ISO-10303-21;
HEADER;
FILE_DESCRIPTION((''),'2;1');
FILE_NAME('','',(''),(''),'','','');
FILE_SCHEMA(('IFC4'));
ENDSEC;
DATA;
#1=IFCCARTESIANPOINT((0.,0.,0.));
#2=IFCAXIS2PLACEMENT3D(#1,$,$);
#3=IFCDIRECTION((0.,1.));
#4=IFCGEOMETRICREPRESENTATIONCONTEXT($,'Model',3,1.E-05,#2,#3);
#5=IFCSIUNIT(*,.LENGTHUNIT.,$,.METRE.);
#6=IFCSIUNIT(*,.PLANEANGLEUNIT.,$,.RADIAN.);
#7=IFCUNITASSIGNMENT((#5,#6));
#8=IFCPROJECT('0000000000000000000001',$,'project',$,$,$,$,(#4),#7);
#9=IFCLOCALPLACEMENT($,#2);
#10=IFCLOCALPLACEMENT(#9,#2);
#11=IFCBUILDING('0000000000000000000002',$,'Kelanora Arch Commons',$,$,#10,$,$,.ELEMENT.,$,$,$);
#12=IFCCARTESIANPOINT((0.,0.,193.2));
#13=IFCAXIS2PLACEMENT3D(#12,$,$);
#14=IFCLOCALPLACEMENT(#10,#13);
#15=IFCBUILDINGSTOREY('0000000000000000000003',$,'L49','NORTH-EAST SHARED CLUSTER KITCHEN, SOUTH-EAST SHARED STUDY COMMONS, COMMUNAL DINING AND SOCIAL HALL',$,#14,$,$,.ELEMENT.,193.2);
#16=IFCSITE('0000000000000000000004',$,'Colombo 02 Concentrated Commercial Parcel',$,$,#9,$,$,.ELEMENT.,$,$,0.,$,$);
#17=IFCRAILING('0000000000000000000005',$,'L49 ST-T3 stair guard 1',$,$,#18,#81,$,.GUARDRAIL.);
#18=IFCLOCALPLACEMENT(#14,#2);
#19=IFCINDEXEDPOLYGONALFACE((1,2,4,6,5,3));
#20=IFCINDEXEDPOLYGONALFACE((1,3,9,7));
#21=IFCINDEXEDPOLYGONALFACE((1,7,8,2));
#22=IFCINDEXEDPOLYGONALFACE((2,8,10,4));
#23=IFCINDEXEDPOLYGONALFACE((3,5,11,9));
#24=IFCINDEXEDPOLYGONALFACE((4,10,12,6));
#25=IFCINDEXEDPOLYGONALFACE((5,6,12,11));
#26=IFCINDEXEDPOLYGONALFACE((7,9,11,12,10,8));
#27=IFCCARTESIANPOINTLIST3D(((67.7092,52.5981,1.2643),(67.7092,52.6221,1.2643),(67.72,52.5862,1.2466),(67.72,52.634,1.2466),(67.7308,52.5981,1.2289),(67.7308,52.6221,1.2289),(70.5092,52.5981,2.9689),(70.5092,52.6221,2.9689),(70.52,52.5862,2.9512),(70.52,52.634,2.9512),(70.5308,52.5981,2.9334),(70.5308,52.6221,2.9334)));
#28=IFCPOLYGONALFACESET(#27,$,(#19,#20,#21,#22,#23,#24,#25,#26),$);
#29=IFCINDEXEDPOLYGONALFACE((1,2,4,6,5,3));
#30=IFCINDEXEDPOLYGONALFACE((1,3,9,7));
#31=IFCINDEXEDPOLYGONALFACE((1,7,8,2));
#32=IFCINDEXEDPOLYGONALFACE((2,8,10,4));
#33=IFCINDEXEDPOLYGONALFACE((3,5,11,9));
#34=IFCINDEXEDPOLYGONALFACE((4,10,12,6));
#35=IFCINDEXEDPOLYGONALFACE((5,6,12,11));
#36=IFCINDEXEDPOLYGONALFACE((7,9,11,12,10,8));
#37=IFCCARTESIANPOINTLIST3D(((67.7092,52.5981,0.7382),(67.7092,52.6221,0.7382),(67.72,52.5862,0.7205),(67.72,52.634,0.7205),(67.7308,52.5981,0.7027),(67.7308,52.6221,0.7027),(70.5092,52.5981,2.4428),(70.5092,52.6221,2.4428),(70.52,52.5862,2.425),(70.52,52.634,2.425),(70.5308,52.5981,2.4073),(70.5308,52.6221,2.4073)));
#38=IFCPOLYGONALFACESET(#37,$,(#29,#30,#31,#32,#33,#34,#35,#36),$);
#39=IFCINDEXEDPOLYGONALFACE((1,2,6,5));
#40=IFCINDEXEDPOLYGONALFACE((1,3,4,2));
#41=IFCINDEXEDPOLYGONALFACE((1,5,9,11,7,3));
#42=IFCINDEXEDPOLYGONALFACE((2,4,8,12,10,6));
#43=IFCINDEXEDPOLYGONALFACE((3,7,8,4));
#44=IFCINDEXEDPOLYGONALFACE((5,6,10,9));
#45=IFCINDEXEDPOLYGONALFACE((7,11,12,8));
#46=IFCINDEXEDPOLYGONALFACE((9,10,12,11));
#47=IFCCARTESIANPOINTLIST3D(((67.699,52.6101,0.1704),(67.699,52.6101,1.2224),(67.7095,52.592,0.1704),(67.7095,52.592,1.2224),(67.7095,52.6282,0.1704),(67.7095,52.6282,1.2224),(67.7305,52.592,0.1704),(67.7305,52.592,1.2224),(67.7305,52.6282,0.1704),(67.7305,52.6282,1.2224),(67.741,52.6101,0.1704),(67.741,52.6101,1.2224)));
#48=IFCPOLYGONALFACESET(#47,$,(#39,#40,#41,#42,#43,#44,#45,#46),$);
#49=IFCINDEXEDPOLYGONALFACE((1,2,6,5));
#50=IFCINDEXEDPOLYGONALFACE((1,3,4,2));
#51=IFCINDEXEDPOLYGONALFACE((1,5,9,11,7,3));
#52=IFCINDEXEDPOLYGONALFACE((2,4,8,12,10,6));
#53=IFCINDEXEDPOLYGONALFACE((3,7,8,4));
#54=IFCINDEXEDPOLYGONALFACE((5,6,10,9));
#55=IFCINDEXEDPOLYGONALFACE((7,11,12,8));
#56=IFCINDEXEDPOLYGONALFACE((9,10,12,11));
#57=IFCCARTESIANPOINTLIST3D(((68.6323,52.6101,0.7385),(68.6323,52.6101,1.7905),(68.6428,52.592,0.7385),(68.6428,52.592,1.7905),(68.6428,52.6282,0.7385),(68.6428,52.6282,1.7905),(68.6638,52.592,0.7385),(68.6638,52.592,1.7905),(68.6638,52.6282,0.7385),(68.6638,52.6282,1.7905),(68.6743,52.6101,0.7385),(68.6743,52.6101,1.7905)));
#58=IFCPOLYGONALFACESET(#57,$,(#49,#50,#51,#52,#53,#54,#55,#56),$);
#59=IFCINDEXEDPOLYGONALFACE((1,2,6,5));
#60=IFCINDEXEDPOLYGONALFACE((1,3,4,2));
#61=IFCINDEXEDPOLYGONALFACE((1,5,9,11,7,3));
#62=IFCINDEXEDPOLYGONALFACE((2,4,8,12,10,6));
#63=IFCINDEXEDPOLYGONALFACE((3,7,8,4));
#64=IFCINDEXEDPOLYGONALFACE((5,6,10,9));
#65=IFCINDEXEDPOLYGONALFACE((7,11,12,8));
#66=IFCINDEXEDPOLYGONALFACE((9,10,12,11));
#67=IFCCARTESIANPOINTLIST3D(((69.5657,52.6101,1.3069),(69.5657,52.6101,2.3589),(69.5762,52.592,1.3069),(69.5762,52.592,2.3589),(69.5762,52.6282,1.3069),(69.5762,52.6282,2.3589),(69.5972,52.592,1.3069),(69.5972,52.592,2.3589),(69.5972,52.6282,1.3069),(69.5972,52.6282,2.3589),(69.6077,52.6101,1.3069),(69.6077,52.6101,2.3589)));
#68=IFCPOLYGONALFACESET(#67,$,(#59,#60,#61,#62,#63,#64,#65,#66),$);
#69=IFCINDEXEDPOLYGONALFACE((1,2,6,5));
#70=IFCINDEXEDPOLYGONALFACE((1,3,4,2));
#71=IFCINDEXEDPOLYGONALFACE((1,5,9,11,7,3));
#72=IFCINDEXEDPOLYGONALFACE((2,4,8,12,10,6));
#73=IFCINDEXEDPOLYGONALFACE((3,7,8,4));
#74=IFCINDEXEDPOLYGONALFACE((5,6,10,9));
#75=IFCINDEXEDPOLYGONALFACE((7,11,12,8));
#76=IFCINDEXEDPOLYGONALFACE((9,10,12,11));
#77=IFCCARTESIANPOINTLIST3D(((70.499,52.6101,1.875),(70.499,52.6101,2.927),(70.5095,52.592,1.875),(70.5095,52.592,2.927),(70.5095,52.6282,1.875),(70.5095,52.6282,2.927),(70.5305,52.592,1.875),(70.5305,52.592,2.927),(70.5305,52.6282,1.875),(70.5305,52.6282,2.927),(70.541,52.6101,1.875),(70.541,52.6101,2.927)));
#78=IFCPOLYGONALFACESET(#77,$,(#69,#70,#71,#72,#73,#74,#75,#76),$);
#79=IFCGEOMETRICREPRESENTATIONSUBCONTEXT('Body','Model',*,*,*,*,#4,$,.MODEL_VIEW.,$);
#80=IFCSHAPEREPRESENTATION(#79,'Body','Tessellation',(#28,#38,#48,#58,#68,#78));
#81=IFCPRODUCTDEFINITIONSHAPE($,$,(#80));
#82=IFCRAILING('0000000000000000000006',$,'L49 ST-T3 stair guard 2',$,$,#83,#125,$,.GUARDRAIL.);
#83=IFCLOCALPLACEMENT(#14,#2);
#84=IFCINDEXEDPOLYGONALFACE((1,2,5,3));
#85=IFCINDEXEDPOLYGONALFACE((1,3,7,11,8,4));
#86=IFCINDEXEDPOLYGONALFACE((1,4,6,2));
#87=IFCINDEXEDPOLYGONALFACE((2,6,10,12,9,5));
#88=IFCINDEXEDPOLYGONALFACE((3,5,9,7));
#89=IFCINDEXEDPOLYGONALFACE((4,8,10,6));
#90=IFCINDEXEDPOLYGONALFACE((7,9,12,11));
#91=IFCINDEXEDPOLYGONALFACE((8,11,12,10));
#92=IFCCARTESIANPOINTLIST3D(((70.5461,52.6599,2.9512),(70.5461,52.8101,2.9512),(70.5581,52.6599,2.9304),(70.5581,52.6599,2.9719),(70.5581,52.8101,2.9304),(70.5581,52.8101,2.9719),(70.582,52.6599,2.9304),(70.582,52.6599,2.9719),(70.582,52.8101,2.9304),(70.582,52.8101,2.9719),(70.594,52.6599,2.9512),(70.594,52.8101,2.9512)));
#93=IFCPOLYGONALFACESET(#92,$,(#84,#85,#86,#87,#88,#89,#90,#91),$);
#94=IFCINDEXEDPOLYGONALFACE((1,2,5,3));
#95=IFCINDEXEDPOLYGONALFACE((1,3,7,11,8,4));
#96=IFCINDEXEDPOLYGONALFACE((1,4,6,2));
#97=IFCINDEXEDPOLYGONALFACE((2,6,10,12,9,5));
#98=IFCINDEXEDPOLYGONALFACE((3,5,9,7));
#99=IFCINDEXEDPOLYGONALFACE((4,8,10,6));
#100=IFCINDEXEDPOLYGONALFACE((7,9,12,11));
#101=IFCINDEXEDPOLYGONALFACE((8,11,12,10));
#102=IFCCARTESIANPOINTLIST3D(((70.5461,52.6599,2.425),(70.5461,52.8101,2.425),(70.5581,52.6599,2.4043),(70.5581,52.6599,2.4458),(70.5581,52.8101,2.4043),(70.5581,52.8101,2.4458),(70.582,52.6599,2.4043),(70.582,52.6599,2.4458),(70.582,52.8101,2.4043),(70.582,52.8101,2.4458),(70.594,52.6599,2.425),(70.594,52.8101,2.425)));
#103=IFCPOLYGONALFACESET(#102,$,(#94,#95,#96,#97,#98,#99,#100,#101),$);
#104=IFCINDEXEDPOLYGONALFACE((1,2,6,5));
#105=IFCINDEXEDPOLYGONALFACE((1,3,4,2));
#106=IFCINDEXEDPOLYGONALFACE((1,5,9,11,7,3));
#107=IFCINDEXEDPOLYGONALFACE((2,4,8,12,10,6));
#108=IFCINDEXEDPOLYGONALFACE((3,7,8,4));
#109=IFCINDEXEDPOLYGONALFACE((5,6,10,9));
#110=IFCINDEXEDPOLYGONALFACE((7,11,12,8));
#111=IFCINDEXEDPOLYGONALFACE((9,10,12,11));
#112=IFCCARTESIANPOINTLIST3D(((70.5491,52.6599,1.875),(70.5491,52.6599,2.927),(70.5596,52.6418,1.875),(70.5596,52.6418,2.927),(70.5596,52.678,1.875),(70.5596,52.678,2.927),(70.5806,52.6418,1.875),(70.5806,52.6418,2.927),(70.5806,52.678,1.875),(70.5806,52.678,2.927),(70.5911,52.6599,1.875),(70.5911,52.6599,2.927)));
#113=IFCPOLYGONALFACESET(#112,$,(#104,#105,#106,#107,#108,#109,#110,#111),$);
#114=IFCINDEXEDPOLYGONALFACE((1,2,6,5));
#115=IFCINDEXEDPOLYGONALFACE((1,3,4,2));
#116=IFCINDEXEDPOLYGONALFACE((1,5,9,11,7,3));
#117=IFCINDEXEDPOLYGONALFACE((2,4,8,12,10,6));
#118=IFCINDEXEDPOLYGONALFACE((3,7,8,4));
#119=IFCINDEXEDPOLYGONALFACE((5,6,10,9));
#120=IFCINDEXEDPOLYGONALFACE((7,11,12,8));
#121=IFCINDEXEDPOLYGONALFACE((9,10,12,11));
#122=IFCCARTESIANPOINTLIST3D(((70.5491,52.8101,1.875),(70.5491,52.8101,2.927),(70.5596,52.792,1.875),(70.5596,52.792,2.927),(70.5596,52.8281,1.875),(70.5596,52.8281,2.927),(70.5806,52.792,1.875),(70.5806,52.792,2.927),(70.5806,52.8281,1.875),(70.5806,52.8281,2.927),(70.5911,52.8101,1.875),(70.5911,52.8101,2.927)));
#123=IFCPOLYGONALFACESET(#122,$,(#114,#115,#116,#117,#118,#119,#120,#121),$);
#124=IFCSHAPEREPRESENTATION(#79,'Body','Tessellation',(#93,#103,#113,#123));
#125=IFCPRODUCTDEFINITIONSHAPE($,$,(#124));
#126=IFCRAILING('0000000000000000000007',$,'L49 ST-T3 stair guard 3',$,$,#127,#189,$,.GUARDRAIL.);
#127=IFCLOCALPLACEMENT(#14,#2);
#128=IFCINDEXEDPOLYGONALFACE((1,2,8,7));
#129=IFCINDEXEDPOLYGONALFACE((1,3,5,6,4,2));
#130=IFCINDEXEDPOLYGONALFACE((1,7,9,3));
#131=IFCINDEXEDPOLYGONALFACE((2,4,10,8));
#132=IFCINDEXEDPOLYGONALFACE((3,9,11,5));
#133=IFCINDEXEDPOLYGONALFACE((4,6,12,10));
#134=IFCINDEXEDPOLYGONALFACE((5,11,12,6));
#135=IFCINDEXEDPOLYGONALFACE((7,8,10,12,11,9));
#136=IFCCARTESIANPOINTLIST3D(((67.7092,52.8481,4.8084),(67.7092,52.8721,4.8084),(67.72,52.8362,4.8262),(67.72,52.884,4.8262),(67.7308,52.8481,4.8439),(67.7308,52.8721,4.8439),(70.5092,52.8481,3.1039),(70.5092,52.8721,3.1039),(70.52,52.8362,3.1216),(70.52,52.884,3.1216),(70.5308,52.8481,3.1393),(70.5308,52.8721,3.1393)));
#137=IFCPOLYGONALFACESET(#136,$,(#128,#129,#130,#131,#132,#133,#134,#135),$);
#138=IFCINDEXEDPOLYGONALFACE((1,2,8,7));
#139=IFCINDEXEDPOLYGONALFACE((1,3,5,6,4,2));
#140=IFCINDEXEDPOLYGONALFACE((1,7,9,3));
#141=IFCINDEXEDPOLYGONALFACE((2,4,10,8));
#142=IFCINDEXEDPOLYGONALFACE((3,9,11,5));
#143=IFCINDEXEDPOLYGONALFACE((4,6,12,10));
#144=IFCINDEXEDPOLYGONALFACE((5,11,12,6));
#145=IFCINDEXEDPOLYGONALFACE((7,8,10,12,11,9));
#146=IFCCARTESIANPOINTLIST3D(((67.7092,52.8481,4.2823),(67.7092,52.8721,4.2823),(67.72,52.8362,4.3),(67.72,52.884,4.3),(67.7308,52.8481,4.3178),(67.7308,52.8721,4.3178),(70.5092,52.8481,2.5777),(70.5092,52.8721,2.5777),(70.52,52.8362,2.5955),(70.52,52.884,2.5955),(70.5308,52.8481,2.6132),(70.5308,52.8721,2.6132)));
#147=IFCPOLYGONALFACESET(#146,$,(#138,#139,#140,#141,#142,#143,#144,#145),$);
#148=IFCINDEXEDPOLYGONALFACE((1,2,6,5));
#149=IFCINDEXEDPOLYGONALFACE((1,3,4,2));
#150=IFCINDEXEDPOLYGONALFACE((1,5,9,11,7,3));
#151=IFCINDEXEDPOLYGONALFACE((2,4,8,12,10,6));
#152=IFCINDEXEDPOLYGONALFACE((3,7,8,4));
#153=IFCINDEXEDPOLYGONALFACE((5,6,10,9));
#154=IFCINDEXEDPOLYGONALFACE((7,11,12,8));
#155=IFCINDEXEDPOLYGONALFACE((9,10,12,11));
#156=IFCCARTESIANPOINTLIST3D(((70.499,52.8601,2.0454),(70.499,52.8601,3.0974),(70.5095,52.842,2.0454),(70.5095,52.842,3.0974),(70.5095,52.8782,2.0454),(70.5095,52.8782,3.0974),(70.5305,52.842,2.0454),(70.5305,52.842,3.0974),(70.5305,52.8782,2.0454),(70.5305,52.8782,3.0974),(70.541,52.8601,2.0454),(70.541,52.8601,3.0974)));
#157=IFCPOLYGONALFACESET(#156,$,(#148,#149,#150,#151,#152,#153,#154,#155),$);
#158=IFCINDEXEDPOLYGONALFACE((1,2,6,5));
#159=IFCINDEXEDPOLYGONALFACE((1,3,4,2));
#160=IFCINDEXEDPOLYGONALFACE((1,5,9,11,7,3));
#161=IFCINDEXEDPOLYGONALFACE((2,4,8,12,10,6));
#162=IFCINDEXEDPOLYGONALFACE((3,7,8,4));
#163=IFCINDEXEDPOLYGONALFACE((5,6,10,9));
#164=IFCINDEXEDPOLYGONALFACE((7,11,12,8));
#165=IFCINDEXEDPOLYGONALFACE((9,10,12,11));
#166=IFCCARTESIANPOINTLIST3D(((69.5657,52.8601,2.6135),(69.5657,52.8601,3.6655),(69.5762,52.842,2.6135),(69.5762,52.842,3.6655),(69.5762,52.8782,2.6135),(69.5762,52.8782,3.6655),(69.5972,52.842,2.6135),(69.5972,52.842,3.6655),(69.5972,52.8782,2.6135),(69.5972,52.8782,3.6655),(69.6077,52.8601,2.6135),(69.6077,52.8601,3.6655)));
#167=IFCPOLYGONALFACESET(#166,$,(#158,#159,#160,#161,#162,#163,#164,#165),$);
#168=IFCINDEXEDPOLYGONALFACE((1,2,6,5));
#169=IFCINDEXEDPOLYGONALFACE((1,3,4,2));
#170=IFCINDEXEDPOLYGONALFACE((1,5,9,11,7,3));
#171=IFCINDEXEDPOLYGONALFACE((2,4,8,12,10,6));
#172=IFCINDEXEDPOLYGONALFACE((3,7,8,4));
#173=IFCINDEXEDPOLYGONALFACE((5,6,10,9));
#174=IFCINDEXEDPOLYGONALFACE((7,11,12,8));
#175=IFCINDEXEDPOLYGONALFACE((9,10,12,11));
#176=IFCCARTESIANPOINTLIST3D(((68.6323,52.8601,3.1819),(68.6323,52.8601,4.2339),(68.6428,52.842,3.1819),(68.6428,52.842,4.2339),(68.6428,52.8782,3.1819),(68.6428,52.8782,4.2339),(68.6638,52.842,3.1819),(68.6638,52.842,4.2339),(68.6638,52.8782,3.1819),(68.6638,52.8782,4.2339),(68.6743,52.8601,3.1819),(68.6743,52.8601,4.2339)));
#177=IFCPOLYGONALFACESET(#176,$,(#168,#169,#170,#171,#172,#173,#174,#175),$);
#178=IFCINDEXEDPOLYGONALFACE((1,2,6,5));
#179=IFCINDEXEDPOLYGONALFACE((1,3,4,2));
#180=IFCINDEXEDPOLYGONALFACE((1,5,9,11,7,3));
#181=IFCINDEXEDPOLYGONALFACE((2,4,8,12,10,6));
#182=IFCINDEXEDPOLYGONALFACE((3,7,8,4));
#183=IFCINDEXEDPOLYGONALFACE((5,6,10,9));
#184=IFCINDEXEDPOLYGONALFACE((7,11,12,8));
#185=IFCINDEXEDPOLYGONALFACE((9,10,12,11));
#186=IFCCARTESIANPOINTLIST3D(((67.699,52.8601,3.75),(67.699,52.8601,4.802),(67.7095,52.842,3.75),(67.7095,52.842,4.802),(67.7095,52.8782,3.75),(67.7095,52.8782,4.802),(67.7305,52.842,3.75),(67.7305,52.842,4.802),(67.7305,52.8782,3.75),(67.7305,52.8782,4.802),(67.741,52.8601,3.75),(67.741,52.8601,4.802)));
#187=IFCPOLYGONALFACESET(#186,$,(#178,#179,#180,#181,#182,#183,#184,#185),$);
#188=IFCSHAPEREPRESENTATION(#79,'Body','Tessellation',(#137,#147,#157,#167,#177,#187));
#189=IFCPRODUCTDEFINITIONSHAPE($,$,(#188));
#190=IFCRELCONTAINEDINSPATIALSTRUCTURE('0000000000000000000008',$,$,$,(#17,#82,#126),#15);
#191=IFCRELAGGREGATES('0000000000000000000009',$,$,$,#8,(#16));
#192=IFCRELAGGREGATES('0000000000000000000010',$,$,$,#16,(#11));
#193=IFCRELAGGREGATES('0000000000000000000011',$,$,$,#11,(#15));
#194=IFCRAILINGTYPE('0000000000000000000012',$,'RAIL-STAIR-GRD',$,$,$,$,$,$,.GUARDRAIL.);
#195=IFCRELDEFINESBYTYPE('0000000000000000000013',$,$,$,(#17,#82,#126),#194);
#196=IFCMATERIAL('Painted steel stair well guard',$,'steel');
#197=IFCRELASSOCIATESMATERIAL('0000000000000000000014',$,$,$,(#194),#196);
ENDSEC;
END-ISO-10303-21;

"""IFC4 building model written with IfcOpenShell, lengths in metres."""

from ifc_helpers import new_model, si_unit, direction, frame, origin, place, context, subcontext, project, spatial, polyline, outline, extrude, material, type_object, element, save


model = new_model("IFC4")

# Units and contexts
model_context = context("Model", 3, precision=1e-05, world=origin(), true_north=direction((0.0, 1.0)))
body_context = subcontext(model_context, "Body", "Model", "MODEL_VIEW")
ifc_project = project(units=[si_unit("LENGTHUNIT", "METRE"), si_unit("PLANEANGLEUNIT", "RADIAN")], contexts=[model_context])

# Site, building, storey
site_placement = place(None, origin())
site = spatial("IfcSite", under=ifc_project, at=site_placement, Name="Colombo 02 Concentrated Commercial Parcel", CompositionType="ELEMENT", RefElevation=0.0)
building_placement = place(site_placement, origin())
building = spatial("IfcBuilding", under=site, at=building_placement, Name="Kelanora Arch Commons", CompositionType="ELEMENT")
storey_placement = place(building_placement, frame((0.0, 0.0, 193.2)))
storey = spatial("IfcBuildingStorey", under=building, at=storey_placement, Name="L49", Description="NORTH-EAST SHARED CLUSTER KITCHEN, SOUTH-EAST SHARED STUDY COMMONS, COMMUNAL DINING AND SOCIAL HALL", CompositionType="ELEMENT", Elevation=193.2)

# Railings
ifc_material_1 = material(Name="Painted steel stair well guard", Category="steel")
railing_type_1 = type_object("IfcRailingType", Name="RAIL-STAIR-GRD", PredefinedType="GUARDRAIL", material=ifc_material_1)
railing_1_placement = place(storey_placement, frame((67.72, 52.6101, 0.1704)))
element("IfcRailing", 1, at=railing_1_placement, inside=storey, type_object=railing_type_1, Name="L49 ST-T3 stair guard 1", PredefinedType="GUARDRAIL", context=body_context, shape_type="SweptSolid", body=[
    extrude(outline(polyline([(0.0239, 0.0), (0.012, 0.0208), (-0.012, 0.0208), (-0.0239, 0.0), (-0.012, -0.0208), (0.012, -0.0208), (0.0239, 0.0)])), frame((0.0, 0.0, 1.0762), z_axis=(0.85417, 0.0, 0.519994), x_axis=(0.0, 1.0, 0.0)), (0.0, 0.0, 1.0), 3.2781),
    extrude(outline(polyline([(0.0239, 0.0), (0.012, 0.0208), (-0.012, 0.0208), (-0.0239, 0.0), (-0.012, -0.0208), (0.012, -0.0208), (0.0239, 0.0)])), frame((0.0, 0.0, 0.55), z_axis=(0.85417, 0.0, 0.519994), x_axis=(0.0, 1.0, 0.0)), (0.0, 0.0, 1.0), 3.2781),
    extrude(outline(polyline([(0.021, 0.0), (0.0105, 0.0181), (-0.0105, 0.0181), (-0.021, 0.0), (-0.0105, -0.0181), (0.0105, -0.0181), (0.021, 0.0)])), origin(), (0.0, 0.0, 1.0), 1.052),
    extrude(outline(polyline([(0.021, 0.0), (0.0105, 0.0181), (-0.0105, 0.0181), (-0.021, 0.0), (-0.0105, -0.0181), (0.0105, -0.0181), (0.021, 0.0)])), frame((0.9333, 0.0, 0.5681)), (0.0, 0.0, 1.0), 1.052),
    extrude(outline(polyline([(0.021, 0.0), (0.0105, 0.0181), (-0.0105, 0.0181), (-0.021, 0.0), (-0.0105, -0.0181), (0.0105, -0.0181), (0.021, 0.0)])), frame((1.8667, 0.0, 1.1365)), (0.0, 0.0, 1.0), 1.052),
    extrude(outline(polyline([(0.021, 0.0), (0.0105, 0.0181), (-0.0105, 0.0181), (-0.021, 0.0), (-0.0105, -0.0181), (0.0105, -0.0181), (0.021, 0.0)])), frame((2.8, 0.0, 1.7046)), (0.0, 0.0, 1.0), 1.052),
])
railing_2_placement = place(storey_placement, frame((70.5701, 52.6599, 1.875)))
element("IfcRailing", 2, at=railing_2_placement, inside=storey, type_object=railing_type_1, Name="L49 ST-T3 stair guard 2", PredefinedType="GUARDRAIL", context=body_context, shape_type="SweptSolid", body=[
    extrude(outline(polyline([(0.0239, 0.0), (0.012, 0.0208), (-0.012, 0.0208), (-0.0239, 0.0), (-0.012, -0.0208), (0.012, -0.0208), (0.0239, 0.0)])), frame((0.0, 0.0, 1.0762), z_axis=(0.0, 1.0, 0.0), x_axis=(-1.0, 0.0, 0.0)), (0.0, 0.0, 1.0), 0.1501),
    extrude(outline(polyline([(0.0239, 0.0), (0.012, 0.0208), (-0.012, 0.0208), (-0.0239, 0.0), (-0.012, -0.0208), (0.012, -0.0208), (0.0239, 0.0)])), frame((0.0, 0.0, 0.55), z_axis=(0.0, 1.0, 0.0), x_axis=(-1.0, 0.0, 0.0)), (0.0, 0.0, 1.0), 0.1501),
    extrude(outline(polyline([(0.021, 0.0), (0.0105, 0.0181), (-0.0105, 0.0181), (-0.021, 0.0), (-0.0105, -0.0181), (0.0105, -0.0181), (0.021, 0.0)])), origin(), (0.0, 0.0, 1.0), 1.052),
    extrude(outline(polyline([(0.021, 0.0), (0.0105, 0.0181), (-0.0105, 0.0181), (-0.021, 0.0), (-0.0105, -0.0181), (0.0105, -0.0181), (0.021, 0.0)])), frame((0.0, 0.1501, 0.0)), (0.0, 0.0, 1.0), 1.052),
])
railing_3_placement = place(storey_placement, frame((70.52, 52.8601, 2.0454)))
element("IfcRailing", 3, at=railing_3_placement, inside=storey, type_object=railing_type_1, Name="L49 ST-T3 stair guard 3", PredefinedType="GUARDRAIL", context=body_context, shape_type="SweptSolid", body=[
    extrude(outline(polyline([(0.0239, 0.0), (0.012, 0.0208), (-0.012, 0.0208), (-0.0239, 0.0), (-0.012, -0.0208), (0.012, -0.0208), (0.0239, 0.0)])), frame((0.0, 0.0, 1.0762), z_axis=(-0.85417, 0.0, 0.519994), x_axis=(0.0, -1.0, 0.0)), (0.0, 0.0, 1.0), 3.2781),
    extrude(outline(polyline([(0.0239, 0.0), (0.012, 0.0208), (-0.012, 0.0208), (-0.0239, 0.0), (-0.012, -0.0208), (0.012, -0.0208), (0.0239, 0.0)])), frame((0.0, 0.0, 0.55), z_axis=(-0.85417, 0.0, 0.519994), x_axis=(0.0, -1.0, 0.0)), (0.0, 0.0, 1.0), 3.2781),
    extrude(outline(polyline([(0.021, 0.0), (0.0105, 0.0181), (-0.0105, 0.0181), (-0.021, 0.0), (-0.0105, -0.0181), (0.0105, -0.0181), (0.021, 0.0)])), origin(), (0.0, 0.0, 1.0), 1.052),
    extrude(outline(polyline([(0.021, 0.0), (0.0105, 0.0181), (-0.0105, 0.0181), (-0.021, 0.0), (-0.0105, -0.0181), (0.0105, -0.0181), (0.021, 0.0)])), frame((-0.9333, 0.0, 0.5681)), (0.0, 0.0, 1.0), 1.052),
    extrude(outline(polyline([(0.021, 0.0), (0.0105, 0.0181), (-0.0105, 0.0181), (-0.021, 0.0), (-0.0105, -0.0181), (0.0105, -0.0181), (0.021, 0.0)])), frame((-1.8667, 0.0, 1.1365)), (0.0, 0.0, 1.0), 1.052),
    extrude(outline(polyline([(0.021, 0.0), (0.0105, 0.0181), (-0.0105, 0.0181), (-0.021, 0.0), (-0.0105, -0.0181), (0.0105, -0.0181), (0.021, 0.0)])), frame((-2.8, 0.0, 1.7046)), (0.0, 0.0, 1.0), 1.052),
])

save(model, "model.ifc")
